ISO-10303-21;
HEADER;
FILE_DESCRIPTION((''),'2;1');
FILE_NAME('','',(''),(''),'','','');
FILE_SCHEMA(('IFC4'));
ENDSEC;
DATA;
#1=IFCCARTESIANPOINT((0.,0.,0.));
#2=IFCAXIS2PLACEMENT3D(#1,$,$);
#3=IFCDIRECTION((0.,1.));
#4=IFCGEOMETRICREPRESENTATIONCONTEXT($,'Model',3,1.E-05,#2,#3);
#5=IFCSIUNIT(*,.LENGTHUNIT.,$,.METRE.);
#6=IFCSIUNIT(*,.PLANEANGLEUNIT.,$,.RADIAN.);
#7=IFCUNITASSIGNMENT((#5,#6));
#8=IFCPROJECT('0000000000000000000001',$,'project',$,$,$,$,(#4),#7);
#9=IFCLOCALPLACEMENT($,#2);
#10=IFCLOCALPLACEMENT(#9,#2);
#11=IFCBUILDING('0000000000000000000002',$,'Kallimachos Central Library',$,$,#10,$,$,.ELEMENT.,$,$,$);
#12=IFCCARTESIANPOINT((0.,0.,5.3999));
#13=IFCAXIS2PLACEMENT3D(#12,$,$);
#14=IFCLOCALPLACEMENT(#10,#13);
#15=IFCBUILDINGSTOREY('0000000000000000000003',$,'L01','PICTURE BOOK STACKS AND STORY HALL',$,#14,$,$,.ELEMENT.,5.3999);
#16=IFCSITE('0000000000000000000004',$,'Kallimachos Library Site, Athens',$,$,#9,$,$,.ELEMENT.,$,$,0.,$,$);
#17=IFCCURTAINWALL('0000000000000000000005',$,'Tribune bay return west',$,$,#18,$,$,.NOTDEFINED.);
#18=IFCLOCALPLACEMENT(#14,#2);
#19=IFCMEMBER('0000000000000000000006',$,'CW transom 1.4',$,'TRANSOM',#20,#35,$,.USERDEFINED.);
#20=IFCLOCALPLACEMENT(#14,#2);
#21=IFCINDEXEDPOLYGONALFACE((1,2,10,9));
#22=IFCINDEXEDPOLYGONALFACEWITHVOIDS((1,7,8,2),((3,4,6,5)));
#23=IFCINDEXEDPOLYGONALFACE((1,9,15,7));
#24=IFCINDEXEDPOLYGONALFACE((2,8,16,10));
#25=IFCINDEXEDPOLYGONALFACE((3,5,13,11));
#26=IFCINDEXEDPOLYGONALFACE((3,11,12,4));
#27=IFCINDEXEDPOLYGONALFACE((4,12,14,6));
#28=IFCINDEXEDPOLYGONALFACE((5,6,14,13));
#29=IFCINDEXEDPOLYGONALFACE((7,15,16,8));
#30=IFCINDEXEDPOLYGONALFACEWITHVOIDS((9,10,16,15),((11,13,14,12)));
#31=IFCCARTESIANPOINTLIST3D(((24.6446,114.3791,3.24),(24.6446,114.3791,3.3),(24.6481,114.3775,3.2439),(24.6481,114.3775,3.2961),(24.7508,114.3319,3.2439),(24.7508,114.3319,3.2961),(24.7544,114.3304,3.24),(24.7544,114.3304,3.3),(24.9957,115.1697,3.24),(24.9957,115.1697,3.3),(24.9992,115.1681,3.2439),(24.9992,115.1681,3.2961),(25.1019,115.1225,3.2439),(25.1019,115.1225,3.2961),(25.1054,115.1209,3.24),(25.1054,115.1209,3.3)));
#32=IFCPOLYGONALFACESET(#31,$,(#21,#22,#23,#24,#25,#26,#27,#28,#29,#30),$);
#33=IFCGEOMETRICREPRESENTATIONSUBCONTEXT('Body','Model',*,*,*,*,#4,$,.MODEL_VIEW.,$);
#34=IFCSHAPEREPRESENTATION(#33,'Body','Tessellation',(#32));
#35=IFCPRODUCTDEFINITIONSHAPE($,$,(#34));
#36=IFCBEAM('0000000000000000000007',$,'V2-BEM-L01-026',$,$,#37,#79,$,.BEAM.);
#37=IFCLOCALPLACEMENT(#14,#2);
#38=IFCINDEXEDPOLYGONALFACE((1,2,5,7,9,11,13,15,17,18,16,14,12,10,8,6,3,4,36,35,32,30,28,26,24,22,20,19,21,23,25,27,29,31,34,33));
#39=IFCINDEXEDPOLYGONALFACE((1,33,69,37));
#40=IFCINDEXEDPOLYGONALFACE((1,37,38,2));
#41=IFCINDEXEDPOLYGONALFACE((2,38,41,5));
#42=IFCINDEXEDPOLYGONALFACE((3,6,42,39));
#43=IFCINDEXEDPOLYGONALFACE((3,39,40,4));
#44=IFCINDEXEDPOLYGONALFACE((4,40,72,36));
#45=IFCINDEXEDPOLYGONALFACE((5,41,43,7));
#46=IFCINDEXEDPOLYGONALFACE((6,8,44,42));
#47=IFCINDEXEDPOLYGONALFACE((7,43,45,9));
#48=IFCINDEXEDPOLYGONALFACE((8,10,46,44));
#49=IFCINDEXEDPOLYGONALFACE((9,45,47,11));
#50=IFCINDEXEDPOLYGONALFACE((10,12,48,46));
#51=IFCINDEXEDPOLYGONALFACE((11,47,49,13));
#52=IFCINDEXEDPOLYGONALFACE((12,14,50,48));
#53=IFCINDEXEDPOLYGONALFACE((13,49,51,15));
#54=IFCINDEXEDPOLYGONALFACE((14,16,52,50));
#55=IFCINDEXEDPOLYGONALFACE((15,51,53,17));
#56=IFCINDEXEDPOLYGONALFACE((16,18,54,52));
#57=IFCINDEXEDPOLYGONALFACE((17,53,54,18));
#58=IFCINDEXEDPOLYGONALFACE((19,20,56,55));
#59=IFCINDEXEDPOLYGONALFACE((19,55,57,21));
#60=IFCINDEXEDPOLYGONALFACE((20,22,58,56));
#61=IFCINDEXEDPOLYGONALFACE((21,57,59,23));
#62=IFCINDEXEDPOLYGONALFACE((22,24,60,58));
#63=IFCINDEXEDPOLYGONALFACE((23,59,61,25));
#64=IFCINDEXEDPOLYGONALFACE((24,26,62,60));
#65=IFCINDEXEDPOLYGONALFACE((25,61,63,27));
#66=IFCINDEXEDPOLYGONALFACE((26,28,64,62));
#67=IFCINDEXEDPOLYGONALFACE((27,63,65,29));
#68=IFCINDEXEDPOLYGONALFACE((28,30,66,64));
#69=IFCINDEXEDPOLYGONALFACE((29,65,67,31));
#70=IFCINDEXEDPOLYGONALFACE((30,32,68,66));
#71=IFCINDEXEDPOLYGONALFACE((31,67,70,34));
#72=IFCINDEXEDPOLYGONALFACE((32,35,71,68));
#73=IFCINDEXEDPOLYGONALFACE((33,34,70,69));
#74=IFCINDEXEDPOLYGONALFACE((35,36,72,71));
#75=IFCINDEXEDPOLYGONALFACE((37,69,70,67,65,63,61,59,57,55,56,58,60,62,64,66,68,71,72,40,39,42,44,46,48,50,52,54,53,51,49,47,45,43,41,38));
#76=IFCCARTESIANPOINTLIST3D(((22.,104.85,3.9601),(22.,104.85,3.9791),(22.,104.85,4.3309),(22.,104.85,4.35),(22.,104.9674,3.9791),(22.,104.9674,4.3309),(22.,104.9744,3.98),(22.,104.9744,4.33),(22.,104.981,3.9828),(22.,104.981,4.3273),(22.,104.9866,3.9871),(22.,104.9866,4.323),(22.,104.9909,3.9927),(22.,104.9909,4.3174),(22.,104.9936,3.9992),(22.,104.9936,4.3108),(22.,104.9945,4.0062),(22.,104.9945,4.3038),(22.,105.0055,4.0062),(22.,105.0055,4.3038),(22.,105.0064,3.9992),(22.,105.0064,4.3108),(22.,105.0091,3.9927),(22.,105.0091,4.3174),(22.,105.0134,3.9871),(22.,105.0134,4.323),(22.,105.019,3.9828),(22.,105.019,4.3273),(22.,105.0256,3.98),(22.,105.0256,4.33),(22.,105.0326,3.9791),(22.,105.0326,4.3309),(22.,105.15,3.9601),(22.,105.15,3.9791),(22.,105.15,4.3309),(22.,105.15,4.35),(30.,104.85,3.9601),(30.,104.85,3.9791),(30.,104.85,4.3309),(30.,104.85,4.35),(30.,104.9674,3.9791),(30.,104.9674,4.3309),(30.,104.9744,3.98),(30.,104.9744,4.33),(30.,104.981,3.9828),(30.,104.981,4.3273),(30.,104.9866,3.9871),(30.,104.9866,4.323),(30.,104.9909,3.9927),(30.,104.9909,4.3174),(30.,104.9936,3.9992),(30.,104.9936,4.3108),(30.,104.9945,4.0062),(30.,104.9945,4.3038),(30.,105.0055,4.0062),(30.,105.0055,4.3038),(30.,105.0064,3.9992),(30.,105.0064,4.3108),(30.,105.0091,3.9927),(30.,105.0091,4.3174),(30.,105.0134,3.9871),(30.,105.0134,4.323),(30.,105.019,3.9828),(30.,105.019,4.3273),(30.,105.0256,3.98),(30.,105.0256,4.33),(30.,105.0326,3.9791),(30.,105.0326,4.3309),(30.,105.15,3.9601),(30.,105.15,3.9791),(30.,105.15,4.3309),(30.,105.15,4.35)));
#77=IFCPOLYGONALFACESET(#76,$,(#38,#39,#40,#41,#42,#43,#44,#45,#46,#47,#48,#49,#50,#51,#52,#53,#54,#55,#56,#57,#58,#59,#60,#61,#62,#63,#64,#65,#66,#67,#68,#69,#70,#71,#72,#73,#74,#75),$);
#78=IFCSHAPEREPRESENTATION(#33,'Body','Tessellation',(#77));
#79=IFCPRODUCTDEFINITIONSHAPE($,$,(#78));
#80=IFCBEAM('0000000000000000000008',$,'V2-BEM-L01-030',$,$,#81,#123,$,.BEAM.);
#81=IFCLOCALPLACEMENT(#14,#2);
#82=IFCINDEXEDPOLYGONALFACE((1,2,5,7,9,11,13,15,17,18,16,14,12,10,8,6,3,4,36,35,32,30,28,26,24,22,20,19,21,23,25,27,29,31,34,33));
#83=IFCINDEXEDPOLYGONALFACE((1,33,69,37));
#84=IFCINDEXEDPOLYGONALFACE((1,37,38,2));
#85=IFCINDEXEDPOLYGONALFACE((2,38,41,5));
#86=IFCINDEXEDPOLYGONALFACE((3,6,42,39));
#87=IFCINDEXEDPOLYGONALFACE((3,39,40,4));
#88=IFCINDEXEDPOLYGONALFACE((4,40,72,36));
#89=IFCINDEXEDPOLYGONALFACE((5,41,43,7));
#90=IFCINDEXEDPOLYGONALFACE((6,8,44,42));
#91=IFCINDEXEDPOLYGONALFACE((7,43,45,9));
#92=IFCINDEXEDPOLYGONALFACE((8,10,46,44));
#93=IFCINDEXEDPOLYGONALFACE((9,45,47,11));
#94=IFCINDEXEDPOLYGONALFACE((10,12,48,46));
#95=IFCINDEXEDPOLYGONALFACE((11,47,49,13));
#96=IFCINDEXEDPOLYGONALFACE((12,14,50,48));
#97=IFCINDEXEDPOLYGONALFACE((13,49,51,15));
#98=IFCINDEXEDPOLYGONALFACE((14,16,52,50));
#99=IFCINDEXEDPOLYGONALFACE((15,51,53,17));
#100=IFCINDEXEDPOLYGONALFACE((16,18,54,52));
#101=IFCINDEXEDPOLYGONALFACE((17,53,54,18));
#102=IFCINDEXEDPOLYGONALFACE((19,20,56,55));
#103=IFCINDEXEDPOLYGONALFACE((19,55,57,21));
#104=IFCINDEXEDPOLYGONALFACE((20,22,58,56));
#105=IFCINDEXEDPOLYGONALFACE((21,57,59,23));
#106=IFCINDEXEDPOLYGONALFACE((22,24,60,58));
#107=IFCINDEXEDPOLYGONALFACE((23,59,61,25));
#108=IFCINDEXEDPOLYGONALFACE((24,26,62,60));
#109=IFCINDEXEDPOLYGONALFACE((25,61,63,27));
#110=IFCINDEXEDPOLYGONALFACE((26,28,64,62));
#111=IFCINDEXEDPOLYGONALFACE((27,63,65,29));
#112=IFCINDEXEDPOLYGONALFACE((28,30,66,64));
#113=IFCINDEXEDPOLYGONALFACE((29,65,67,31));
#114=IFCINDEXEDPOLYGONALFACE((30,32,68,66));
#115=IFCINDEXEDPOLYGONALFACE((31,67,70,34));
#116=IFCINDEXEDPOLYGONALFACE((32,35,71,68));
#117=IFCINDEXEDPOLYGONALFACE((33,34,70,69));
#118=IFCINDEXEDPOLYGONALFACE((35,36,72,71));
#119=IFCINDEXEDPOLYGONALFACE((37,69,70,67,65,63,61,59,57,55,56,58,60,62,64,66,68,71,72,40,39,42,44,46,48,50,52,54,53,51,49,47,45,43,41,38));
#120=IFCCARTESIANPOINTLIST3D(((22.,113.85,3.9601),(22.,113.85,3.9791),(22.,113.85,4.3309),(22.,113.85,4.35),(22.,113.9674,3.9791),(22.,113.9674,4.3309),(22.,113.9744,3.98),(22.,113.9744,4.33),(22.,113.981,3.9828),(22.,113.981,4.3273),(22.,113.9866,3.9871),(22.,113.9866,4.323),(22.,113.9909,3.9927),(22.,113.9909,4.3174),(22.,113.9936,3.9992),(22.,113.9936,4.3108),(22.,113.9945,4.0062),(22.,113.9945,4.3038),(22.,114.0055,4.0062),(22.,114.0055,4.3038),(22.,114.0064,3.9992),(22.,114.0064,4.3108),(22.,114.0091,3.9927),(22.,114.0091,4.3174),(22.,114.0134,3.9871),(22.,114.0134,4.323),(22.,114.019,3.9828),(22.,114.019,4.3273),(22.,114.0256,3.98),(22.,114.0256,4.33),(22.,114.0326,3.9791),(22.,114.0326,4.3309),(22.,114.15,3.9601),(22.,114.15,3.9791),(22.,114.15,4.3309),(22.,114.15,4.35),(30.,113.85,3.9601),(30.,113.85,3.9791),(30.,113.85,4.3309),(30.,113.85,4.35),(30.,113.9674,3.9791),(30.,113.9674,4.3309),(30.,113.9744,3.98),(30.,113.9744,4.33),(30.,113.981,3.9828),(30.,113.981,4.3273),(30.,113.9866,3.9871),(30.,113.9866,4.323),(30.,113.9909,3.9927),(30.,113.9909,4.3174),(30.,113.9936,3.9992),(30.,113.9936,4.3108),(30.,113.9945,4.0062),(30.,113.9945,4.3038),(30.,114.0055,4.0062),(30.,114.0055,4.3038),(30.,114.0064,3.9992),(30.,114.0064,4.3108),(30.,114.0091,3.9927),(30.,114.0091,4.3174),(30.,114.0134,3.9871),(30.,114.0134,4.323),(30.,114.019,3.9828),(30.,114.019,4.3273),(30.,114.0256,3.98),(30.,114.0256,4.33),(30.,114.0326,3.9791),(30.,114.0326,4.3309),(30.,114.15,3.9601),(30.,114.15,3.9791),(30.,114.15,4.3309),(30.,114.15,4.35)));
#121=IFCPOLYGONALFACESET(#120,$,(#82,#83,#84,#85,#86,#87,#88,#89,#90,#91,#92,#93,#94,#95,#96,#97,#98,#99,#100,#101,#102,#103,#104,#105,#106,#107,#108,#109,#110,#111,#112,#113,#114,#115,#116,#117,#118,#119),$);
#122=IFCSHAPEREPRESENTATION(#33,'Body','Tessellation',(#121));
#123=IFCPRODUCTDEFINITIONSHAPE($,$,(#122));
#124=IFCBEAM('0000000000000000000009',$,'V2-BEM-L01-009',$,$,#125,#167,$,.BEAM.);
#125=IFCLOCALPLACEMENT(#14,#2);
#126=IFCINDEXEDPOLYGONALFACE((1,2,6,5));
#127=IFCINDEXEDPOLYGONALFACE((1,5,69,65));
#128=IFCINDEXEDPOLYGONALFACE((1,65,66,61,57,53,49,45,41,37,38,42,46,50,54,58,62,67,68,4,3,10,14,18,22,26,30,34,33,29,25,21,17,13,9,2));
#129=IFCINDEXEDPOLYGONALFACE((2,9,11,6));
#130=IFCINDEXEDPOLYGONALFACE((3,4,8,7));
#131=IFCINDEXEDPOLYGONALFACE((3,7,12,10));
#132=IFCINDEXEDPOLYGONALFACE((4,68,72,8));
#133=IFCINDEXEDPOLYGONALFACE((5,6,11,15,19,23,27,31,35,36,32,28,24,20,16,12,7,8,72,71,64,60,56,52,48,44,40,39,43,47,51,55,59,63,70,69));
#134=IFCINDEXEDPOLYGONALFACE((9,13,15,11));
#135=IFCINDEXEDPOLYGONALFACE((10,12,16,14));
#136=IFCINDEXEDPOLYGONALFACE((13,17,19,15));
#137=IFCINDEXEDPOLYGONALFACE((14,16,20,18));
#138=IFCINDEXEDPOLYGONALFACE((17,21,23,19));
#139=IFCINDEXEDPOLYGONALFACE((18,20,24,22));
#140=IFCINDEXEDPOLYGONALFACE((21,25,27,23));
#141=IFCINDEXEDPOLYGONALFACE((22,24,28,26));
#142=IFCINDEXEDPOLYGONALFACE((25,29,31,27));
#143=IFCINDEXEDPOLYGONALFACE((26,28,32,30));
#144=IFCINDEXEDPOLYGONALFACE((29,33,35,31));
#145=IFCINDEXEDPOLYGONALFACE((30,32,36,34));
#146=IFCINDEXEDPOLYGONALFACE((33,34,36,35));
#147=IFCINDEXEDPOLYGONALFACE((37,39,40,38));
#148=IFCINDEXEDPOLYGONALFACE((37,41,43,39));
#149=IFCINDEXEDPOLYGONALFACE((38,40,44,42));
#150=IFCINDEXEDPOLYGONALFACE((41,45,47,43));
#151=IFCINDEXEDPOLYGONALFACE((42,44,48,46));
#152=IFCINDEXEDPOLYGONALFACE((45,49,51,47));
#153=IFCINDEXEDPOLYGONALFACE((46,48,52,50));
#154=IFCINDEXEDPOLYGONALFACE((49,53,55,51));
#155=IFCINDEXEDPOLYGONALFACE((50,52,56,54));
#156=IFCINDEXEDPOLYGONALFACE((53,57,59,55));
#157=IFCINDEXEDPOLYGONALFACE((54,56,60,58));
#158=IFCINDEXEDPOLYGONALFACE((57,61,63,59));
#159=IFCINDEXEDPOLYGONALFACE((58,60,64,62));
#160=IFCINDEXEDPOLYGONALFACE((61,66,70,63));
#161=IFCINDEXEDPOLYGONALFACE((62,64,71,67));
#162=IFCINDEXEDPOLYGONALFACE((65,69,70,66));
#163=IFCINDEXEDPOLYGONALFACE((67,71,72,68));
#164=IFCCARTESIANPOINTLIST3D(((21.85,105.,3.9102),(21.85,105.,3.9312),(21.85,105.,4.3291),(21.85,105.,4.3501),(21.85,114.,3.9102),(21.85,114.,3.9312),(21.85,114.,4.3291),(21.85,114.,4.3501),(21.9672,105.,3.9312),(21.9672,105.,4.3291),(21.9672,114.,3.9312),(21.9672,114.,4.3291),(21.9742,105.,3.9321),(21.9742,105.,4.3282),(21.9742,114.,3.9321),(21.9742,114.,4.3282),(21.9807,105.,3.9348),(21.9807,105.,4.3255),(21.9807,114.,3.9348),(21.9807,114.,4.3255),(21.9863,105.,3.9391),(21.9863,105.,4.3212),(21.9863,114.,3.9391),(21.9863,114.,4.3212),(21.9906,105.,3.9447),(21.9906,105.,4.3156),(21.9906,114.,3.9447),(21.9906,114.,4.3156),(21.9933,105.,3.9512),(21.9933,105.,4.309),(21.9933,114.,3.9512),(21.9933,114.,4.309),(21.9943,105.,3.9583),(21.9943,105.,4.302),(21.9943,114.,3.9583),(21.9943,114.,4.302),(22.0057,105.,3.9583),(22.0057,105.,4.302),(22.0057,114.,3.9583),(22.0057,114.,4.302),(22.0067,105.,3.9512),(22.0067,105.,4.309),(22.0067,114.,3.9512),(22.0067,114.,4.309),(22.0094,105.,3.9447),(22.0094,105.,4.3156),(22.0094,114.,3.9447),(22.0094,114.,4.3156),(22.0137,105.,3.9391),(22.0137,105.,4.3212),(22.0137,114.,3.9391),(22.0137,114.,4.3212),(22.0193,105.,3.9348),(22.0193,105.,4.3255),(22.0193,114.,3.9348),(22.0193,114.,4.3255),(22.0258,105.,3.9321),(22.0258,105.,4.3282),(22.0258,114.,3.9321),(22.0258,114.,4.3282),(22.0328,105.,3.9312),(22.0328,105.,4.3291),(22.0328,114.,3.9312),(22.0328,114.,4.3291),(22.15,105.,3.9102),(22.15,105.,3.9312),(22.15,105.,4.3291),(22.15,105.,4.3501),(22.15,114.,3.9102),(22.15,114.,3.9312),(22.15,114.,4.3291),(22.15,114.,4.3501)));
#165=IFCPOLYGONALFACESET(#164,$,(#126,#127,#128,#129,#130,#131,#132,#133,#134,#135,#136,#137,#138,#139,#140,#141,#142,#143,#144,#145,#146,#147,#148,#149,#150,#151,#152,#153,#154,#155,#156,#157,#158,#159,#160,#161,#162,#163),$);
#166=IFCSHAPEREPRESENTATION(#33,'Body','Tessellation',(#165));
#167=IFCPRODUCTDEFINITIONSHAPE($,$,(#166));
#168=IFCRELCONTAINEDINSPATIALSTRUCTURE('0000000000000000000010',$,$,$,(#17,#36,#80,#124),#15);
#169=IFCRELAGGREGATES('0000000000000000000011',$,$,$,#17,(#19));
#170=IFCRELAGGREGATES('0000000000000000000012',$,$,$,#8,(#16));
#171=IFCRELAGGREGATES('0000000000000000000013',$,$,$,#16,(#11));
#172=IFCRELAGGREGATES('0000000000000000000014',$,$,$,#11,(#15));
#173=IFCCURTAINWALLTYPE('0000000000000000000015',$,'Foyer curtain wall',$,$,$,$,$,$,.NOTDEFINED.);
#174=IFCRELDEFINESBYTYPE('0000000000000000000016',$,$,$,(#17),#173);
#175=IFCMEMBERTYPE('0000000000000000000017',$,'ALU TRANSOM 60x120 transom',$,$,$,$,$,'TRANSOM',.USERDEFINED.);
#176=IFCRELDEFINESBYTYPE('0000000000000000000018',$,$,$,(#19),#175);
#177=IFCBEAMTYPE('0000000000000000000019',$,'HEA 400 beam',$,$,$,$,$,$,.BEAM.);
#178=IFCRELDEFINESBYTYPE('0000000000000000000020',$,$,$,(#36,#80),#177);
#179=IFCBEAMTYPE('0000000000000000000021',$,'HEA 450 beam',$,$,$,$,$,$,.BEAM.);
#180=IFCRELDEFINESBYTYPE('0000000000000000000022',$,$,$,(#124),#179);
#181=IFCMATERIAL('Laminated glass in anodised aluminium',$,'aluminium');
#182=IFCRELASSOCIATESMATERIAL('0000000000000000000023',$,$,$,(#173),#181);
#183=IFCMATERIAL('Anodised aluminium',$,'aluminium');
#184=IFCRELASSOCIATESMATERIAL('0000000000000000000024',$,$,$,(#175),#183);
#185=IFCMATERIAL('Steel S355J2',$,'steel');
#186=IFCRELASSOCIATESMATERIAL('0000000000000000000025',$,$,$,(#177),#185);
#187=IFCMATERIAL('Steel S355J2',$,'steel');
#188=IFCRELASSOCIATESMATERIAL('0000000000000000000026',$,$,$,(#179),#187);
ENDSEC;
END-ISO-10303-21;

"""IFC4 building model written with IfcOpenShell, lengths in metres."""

from ifc_helpers import new_model, si_unit, direction, frame, origin, origin_2d, place, context, subcontext, project, spatial, hollow_rectangle, i_section, extrude, material, material_profile, profile_set, type_object, element, aggregate, save


model = new_model("IFC4")

# Units and contexts
model_context = context("Model", 3, precision=1e-05, world=origin(), true_north=direction((0.0, 1.0)))
body_context = subcontext(model_context, "Body", "Model", "MODEL_VIEW")
ifc_project = project(units=[si_unit("LENGTHUNIT", "METRE"), si_unit("PLANEANGLEUNIT", "RADIAN")], contexts=[model_context])

# Site, building, storey
site_placement = place(None, origin())
site = spatial("IfcSite", under=ifc_project, at=site_placement, Name="Kallimachos Library Site, Athens", CompositionType="ELEMENT", RefElevation=0.0)
building_placement = place(site_placement, origin())
building = spatial("IfcBuilding", under=site, at=building_placement, Name="Kallimachos Central Library", CompositionType="ELEMENT")
storey_placement = place(building_placement, frame((0.0, 0.0, 5.3999)))
storey = spatial("IfcBuildingStorey", under=building, at=storey_placement, Name="L01", Description="PICTURE BOOK STACKS AND STORY HALL", CompositionType="ELEMENT", Elevation=5.3999)

# Shared definitions
ifc_material_1 = material(Name="Laminated glass in anodised aluminium", Category="aluminium")
curtain_wall_type = type_object("IfcCurtainWallType", Name="Foyer curtain wall", PredefinedType="NOTDEFINED", material=ifc_material_1)

# Curtain wall, member
curtain_wall_1_placement = place(storey_placement, origin())
curtain_wall_1 = element("IfcCurtainWall", 1, at=curtain_wall_1_placement, inside=storey, type_object=curtain_wall_type, Name="Tribune bay return west", PredefinedType="NOTDEFINED")
ifc_material_2 = material(Name="Anodised aluminium", Category="aluminium")
ifc_material_profile_1 = material_profile(ifc_material_2, hollow_rectangle(XDim=0.0601, YDim=0.1201, WallThickness=0.0039, at=origin_2d()), Name="ALU TRANSOM 60x120")
ifc_profile_set_1 = profile_set([ifc_material_profile_1], Name="Anodised aluminium")
member_type_1 = type_object("IfcMemberType", Name="ALU TRANSOM 60x120 transom", ElementType="TRANSOM", PredefinedType="USERDEFINED", material=ifc_profile_set_1)
member_1_placement = place(storey_placement, frame((24.6995, 114.3547, 3.27), z_axis=(0.405877, 0.913928, 0.0), x_axis=(0.0, 0.0, 1.0)))
member_1 = element("IfcMember", 2, at=member_1_placement, type_object=member_type_1, Name="CW transom 1.4", ObjectType="TRANSOM", PredefinedType="USERDEFINED", context=body_context, shape_type="SweptSolid", body=[
    extrude(hollow_rectangle(XDim=0.0601, YDim=0.1201, WallThickness=0.0039, at=origin_2d()), origin(), (0.0, 0.0, 1.0), 0.865),
])
aggregate(curtain_wall_1, [member_1])

# Beams
ifc_material_3 = material(Name="Steel S355J2", Category="steel")
ifc_material_profile_2 = material_profile(ifc_material_3, i_section(OverallWidth=0.3, OverallDepth=0.3899, WebThickness=0.011, FlangeThickness=0.019, FilletRadius=0.0271, at=origin_2d()), Name="HEA 400")
ifc_profile_set_2 = profile_set([ifc_material_profile_2], Name="Steel S355J2")
beam_type_1 = type_object("IfcBeamType", Name="HEA 400 beam", PredefinedType="BEAM", material=ifc_profile_set_2)
for number, where, z_axis, x_axis, name in (
    (3, (22.0, 105.0, 4.155), (1.0, 0.0, 0.0), (0.0, 1.0, 0.0), "V2-BEM-L01-026"),
    (4, (22.0, 114.0, 4.155), (1.0, 0.0, 0.0), (0.0, 1.0, 0.0), "V2-BEM-L01-030"),
):
    element("IfcBeam", number, at=place(storey_placement, frame(where, z_axis=z_axis, x_axis=x_axis)), inside=storey, type_object=beam_type_1, Name=name, PredefinedType="BEAM", context=body_context, shape_type="SweptSolid", body=[
        extrude(i_section(OverallWidth=0.3, OverallDepth=0.3899, WebThickness=0.011, FlangeThickness=0.019, FilletRadius=0.0271, at=origin_2d()), origin(), (0.0, 0.0, 1.0), 8.0),
    ])
ifc_material_4 = material(Name="Steel S355J2", Category="steel")
ifc_material_profile_3 = material_profile(ifc_material_4, i_section(OverallWidth=0.3, OverallDepth=0.4399, WebThickness=0.0115, FlangeThickness=0.021, FilletRadius=0.0271, at=origin_2d()), Name="HEA 450")
ifc_profile_set_3 = profile_set([ifc_material_profile_3], Name="Steel S355J2")
beam_type_2 = type_object("IfcBeamType", Name="HEA 450 beam", PredefinedType="BEAM", material=ifc_profile_set_3)
beam_placement = place(storey_placement, frame((22.0, 105.0, 4.1301), z_axis=(0.0, 1.0, 0.0), x_axis=(-1.0, 0.0, 0.0)))
element("IfcBeam", 5, at=beam_placement, inside=storey, type_object=beam_type_2, Name="V2-BEM-L01-009", PredefinedType="BEAM", context=body_context, shape_type="SweptSolid", body=[
    extrude(i_section(OverallWidth=0.3, OverallDepth=0.4399, WebThickness=0.0115, FlangeThickness=0.021, FilletRadius=0.0271, at=origin_2d()), origin(), (0.0, 0.0, 1.0), 9.0),
])

save(model, "model.ifc")
